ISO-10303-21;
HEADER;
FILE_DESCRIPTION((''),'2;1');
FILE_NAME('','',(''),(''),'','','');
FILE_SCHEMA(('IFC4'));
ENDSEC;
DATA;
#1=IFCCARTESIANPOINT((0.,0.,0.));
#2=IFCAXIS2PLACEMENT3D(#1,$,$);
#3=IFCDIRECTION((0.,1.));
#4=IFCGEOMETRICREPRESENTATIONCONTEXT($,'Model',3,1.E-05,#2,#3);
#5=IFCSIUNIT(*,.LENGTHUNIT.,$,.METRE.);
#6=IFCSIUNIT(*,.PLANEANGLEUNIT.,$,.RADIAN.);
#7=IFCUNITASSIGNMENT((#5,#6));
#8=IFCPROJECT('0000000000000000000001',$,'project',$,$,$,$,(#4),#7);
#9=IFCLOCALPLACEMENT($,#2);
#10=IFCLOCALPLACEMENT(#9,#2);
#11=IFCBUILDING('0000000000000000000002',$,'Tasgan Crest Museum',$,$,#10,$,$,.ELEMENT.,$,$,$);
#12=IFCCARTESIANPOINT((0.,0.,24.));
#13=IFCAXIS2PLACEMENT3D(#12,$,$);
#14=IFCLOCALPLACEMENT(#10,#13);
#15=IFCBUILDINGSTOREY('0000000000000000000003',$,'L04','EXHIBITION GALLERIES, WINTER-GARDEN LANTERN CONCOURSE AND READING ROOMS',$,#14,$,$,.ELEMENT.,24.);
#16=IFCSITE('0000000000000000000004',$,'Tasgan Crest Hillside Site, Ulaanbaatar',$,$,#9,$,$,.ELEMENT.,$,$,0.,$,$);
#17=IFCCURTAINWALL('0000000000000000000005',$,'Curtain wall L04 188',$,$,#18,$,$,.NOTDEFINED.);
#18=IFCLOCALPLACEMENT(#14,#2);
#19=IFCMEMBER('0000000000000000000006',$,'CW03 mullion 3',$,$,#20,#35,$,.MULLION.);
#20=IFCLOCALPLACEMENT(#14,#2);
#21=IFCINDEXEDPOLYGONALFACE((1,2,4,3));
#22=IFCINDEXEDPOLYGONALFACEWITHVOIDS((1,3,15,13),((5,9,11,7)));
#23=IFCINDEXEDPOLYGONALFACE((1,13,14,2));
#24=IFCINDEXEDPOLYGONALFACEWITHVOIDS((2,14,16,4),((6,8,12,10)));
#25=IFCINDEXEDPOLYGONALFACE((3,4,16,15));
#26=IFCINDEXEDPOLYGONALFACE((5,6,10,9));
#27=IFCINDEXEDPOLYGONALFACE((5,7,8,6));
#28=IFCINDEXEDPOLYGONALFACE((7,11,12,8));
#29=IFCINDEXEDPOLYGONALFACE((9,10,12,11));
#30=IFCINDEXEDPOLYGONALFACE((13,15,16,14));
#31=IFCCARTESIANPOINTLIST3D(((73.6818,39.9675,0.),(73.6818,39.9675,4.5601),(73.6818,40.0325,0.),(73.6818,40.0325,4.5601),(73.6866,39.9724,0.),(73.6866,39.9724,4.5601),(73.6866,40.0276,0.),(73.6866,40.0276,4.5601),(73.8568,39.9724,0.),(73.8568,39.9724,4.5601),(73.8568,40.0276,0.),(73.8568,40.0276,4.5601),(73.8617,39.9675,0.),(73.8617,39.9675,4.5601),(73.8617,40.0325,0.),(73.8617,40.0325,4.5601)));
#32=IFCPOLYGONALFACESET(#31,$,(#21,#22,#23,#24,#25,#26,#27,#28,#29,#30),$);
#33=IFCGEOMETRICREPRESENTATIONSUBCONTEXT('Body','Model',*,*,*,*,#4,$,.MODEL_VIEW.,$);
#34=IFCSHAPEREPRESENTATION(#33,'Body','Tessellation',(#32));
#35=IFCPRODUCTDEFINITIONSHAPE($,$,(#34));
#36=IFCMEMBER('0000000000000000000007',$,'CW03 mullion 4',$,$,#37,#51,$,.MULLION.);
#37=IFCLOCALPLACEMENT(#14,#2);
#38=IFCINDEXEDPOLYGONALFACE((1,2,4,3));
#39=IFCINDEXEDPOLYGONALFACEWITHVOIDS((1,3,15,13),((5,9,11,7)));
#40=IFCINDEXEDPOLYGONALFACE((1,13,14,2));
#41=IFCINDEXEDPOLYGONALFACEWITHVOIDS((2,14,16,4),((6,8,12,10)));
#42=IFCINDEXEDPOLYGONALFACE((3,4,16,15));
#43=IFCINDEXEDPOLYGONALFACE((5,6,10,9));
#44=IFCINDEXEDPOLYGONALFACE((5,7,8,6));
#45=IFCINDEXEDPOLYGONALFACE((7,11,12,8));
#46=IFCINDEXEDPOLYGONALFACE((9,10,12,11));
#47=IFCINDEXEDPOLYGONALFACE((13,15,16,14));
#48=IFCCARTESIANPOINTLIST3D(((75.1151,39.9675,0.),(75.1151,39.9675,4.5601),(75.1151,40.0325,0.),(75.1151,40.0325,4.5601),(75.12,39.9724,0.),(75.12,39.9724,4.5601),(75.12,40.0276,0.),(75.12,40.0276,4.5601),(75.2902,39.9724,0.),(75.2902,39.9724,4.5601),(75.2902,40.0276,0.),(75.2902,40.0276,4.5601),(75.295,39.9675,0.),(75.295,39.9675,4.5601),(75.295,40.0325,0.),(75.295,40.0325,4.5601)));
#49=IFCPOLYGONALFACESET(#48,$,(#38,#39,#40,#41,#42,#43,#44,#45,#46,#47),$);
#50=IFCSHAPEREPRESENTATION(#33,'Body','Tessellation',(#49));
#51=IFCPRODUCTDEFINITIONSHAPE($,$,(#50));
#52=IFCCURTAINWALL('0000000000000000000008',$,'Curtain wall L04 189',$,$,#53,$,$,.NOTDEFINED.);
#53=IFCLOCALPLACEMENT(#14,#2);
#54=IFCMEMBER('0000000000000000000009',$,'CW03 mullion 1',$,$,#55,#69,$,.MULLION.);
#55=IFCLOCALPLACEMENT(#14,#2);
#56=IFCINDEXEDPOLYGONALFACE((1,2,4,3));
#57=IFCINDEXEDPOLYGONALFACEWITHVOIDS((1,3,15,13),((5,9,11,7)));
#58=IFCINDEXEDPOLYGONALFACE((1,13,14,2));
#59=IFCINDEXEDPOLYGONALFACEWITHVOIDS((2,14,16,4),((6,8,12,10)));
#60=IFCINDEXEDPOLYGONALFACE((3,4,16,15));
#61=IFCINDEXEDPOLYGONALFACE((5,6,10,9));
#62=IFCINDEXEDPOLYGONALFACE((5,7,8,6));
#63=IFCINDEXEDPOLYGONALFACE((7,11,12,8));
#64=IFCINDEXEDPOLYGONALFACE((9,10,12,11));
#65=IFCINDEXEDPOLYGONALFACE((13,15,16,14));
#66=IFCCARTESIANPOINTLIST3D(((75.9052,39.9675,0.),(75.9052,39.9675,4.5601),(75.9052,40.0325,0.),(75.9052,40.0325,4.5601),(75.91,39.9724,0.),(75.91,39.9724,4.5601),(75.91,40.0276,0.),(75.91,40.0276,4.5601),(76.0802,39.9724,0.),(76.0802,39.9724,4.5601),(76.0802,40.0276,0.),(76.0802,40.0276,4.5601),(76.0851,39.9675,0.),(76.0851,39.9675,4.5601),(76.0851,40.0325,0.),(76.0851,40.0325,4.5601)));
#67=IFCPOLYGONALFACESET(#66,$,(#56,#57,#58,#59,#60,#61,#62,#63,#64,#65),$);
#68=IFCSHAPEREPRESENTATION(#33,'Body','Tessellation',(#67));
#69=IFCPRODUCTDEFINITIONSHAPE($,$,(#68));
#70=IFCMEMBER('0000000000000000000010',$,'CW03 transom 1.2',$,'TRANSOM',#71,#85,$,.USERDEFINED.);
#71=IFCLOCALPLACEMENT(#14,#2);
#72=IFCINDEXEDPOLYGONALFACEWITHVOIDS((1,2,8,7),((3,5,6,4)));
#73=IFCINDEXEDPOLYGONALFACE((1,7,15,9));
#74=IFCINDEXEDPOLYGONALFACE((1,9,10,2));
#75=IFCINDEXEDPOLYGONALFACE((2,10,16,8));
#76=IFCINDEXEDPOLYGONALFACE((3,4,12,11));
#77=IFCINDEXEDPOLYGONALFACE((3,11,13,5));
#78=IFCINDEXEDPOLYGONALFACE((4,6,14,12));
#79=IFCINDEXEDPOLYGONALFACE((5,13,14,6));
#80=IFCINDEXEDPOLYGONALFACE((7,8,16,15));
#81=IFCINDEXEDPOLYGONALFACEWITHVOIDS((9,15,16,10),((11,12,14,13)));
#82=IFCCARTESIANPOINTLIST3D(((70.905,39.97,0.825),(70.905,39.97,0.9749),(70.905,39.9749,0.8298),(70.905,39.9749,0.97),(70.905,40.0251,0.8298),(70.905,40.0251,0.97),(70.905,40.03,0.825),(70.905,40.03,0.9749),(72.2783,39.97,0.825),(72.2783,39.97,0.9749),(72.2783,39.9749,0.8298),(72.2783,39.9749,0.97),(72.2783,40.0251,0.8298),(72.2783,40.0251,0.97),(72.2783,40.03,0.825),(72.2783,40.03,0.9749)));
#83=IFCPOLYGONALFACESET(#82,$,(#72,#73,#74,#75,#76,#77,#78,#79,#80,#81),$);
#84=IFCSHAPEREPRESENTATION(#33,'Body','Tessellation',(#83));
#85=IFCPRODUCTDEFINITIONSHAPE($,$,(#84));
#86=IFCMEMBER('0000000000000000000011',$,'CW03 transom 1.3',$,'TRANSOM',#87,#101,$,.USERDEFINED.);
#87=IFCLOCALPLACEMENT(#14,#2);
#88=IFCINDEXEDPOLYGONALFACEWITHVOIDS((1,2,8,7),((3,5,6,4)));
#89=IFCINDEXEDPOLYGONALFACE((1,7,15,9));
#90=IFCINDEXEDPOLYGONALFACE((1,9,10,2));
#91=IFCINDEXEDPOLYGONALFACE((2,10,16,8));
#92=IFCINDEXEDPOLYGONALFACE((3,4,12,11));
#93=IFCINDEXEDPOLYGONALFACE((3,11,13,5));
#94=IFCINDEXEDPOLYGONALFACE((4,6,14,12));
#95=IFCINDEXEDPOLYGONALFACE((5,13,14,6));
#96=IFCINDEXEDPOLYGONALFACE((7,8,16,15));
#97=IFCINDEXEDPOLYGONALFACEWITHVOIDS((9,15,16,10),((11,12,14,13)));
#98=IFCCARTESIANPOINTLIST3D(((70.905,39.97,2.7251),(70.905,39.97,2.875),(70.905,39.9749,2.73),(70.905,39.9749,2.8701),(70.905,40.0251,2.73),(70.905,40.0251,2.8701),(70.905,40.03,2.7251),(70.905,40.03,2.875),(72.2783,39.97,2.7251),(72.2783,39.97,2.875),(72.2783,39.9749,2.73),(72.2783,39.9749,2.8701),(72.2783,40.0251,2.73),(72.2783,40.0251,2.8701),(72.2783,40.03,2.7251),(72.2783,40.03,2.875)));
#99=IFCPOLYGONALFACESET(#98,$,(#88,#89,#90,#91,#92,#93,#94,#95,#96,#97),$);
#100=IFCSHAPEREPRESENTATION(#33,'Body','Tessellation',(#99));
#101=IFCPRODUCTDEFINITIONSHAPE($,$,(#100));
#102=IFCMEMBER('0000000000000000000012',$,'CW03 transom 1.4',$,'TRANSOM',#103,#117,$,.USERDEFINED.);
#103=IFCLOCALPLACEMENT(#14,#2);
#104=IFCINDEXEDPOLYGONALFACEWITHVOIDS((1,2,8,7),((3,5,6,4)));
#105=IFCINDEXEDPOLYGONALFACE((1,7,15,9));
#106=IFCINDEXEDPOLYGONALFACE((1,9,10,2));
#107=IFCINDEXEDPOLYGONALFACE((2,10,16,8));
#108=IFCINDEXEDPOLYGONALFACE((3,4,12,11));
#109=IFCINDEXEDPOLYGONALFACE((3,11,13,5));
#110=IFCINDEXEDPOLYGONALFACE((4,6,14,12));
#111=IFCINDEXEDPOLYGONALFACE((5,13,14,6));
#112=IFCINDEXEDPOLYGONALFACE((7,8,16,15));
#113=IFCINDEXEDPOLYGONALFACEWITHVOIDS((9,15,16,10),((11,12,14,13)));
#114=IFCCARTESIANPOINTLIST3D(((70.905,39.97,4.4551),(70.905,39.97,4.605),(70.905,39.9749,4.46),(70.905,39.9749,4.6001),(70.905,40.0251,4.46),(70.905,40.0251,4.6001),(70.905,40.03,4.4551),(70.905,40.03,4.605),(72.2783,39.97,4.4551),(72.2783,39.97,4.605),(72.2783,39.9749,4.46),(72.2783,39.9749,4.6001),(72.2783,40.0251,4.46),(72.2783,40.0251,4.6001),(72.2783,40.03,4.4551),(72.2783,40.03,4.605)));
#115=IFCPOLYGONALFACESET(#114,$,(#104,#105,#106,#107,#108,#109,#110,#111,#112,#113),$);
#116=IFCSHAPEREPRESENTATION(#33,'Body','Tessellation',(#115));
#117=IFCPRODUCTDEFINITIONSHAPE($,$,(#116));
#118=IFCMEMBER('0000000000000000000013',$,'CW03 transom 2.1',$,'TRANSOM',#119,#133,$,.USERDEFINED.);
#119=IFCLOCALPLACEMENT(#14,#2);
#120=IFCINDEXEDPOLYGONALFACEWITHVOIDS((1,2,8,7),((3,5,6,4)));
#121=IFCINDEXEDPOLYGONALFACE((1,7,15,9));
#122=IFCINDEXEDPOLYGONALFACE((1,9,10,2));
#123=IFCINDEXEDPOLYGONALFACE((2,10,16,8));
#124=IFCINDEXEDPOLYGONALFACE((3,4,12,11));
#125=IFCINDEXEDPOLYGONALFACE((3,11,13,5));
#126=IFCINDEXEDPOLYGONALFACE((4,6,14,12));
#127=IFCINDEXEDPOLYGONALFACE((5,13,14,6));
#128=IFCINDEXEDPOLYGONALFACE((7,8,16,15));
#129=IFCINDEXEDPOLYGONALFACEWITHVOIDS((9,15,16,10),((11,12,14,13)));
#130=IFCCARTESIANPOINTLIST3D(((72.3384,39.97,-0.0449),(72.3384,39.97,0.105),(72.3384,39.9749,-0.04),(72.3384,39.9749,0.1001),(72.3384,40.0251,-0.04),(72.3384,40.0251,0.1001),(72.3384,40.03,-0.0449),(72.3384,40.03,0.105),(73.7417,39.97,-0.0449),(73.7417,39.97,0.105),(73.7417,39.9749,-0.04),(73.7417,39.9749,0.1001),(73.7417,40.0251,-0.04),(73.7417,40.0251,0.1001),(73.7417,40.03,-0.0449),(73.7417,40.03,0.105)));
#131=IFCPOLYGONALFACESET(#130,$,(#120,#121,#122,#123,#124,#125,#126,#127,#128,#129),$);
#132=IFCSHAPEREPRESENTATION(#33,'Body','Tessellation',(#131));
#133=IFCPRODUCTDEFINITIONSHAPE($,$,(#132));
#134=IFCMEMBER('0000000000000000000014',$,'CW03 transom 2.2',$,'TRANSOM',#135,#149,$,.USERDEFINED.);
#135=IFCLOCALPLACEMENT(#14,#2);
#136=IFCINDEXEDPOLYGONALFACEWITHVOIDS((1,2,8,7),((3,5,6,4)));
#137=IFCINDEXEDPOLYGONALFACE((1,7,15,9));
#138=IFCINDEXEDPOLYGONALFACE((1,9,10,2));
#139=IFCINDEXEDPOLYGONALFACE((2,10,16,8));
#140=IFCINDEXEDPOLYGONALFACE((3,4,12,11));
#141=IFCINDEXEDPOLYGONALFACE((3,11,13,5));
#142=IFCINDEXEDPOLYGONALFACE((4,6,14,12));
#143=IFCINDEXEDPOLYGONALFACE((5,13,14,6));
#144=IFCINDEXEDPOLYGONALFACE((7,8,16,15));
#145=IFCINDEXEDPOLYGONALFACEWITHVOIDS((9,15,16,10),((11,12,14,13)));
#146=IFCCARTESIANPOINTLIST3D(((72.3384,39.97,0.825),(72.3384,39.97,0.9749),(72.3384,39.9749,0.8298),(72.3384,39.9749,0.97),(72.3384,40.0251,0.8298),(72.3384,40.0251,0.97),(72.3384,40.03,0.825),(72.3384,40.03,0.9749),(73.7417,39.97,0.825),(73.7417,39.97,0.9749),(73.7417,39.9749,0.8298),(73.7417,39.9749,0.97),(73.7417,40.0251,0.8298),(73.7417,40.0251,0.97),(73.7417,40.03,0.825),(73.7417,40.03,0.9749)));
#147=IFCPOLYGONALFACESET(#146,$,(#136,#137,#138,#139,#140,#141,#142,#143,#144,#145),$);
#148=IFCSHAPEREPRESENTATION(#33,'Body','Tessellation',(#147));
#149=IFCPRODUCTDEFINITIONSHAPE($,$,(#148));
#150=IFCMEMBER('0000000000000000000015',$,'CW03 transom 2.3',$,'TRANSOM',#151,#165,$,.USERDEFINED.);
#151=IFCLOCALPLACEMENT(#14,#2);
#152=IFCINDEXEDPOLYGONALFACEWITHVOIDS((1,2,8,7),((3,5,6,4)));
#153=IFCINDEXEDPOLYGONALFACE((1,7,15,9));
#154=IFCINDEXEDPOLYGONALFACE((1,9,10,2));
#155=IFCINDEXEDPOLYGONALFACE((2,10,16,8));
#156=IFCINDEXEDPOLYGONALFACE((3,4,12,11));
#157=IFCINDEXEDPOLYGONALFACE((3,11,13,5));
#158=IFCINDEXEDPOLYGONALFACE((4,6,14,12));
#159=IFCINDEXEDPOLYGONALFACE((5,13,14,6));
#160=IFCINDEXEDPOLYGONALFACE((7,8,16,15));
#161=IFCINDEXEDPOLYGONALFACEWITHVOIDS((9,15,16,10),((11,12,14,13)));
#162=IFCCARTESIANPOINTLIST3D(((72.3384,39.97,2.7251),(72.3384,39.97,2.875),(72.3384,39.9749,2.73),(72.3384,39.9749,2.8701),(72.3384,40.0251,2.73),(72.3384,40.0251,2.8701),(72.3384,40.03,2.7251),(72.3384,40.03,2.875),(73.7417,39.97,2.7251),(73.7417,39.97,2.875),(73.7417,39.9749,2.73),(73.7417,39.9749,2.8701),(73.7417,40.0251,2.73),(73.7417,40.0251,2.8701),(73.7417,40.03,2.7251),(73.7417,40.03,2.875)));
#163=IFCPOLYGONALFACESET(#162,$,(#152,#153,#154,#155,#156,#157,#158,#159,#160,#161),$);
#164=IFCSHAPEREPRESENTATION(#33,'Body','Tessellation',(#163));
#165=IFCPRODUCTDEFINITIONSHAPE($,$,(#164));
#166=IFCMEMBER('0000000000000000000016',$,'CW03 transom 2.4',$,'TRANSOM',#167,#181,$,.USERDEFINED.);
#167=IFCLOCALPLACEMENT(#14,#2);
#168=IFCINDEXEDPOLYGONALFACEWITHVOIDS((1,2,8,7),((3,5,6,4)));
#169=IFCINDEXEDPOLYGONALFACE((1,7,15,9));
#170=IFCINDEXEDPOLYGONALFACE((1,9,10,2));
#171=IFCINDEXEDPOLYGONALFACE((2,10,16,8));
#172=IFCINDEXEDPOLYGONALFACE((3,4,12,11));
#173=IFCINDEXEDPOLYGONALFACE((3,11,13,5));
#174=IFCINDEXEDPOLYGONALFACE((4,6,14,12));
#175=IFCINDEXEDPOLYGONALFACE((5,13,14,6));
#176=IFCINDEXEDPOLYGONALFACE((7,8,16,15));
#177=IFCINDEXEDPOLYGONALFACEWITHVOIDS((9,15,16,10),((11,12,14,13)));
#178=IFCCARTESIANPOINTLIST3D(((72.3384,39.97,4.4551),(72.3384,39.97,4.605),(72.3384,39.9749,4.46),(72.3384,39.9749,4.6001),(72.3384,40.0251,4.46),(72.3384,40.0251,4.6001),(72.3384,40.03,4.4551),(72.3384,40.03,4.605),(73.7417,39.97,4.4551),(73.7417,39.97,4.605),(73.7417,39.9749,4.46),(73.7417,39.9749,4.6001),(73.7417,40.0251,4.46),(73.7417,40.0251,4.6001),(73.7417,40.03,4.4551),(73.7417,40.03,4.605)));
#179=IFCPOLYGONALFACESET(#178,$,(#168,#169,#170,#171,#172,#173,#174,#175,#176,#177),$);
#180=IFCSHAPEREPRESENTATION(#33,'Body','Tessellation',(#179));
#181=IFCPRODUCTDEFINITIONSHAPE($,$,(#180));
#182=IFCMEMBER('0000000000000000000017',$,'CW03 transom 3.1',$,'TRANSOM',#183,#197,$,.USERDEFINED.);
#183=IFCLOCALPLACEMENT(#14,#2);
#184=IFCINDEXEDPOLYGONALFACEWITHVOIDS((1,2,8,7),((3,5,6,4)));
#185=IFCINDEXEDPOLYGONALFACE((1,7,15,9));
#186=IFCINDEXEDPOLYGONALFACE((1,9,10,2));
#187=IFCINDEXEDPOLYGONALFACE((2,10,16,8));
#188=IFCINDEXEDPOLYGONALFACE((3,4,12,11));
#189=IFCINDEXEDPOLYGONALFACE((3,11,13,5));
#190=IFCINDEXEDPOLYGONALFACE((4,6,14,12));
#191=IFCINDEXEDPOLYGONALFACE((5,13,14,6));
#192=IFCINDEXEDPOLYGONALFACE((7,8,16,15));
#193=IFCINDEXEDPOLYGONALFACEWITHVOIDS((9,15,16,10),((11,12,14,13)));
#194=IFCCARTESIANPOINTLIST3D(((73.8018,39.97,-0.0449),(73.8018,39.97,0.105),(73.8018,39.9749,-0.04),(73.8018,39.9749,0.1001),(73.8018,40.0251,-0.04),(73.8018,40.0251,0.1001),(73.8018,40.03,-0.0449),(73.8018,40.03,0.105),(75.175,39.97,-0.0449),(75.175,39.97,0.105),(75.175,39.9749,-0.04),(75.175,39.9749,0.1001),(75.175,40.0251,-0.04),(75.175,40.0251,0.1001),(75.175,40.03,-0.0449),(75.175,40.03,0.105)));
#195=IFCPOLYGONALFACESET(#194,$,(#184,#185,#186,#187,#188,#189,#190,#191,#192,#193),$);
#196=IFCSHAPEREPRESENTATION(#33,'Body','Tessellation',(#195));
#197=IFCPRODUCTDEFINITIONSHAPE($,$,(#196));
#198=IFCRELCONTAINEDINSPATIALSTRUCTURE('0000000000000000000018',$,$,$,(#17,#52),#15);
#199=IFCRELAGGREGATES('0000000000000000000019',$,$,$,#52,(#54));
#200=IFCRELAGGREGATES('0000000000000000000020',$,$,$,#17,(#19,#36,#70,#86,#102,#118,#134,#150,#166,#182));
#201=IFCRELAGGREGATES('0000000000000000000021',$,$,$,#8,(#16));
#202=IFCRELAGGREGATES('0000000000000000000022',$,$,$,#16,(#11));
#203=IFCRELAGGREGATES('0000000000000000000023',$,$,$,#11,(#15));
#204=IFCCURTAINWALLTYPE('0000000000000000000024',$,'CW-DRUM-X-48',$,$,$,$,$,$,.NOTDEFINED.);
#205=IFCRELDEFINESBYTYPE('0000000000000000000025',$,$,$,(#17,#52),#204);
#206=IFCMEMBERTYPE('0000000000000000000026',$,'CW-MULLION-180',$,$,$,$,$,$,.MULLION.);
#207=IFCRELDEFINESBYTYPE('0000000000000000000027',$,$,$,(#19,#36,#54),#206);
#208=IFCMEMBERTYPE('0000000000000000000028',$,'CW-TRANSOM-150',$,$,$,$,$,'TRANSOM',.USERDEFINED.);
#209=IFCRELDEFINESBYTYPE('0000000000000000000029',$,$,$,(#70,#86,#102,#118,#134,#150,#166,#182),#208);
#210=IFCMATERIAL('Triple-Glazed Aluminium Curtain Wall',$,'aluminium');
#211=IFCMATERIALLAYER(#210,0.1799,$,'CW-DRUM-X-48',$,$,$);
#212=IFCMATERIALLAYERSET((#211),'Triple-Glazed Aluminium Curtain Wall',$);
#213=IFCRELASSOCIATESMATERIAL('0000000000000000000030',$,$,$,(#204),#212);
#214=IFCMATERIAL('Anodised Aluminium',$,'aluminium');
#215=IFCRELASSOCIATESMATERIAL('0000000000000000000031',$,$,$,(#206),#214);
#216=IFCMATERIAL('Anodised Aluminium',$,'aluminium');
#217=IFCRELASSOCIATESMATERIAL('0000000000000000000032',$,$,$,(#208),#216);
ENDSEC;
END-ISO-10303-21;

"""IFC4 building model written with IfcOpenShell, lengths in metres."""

from ifc_helpers import new_model, si_unit, direction, frame, origin, origin_2d, place, context, subcontext, project, spatial, hollow_rectangle, extrude, material, layer, layer_set, material_profile, profile_set, type_object, element, aggregate, save


model = new_model("IFC4")

# Units and contexts
model_context = context("Model", 3, precision=1e-05, world=origin(), true_north=direction((0.0, 1.0)))
body_context = subcontext(model_context, "Body", "Model", "MODEL_VIEW")
ifc_project = project(units=[si_unit("LENGTHUNIT", "METRE"), si_unit("PLANEANGLEUNIT", "RADIAN")], contexts=[model_context])

# Site, building, storey
site_placement = place(None, origin())
site = spatial("IfcSite", under=ifc_project, at=site_placement, Name="Tasgan Crest Hillside Site, Ulaanbaatar", CompositionType="ELEMENT", RefElevation=0.0)
building_placement = place(site_placement, origin())
building = spatial("IfcBuilding", under=site, at=building_placement, Name="Tasgan Crest Museum", CompositionType="ELEMENT")
storey_placement = place(building_placement, frame((0.0, 0.0, 24.0)))
storey = spatial("IfcBuildingStorey", under=building, at=storey_placement, Name="L04", Description="EXHIBITION GALLERIES, WINTER-GARDEN LANTERN CONCOURSE AND READING ROOMS", CompositionType="ELEMENT", Elevation=24.0)

# Curtain wall, members
ifc_material_1 = material(Name="Triple-Glazed Aluminium Curtain Wall", Category="aluminium")
ifc_layer_1 = layer(ifc_material_1, 0.1799, Name="CW-DRUM-X-48")
ifc_layer_set_1 = layer_set([ifc_layer_1], Name="Triple-Glazed Aluminium Curtain Wall")
curtain_wall_type = type_object("IfcCurtainWallType", Name="CW-DRUM-X-48", PredefinedType="NOTDEFINED", material=ifc_layer_set_1)
curtain_wall_1_placement = place(storey_placement, origin())
curtain_wall_1 = element("IfcCurtainWall", 1, at=curtain_wall_1_placement, inside=storey, type_object=curtain_wall_type, Name="Curtain wall L04 188", PredefinedType="NOTDEFINED")
ifc_material_2 = material(Name="Anodised Aluminium", Category="aluminium")
ifc_material_profile_1 = material_profile(ifc_material_2, hollow_rectangle(XDim=0.0649, YDim=0.1799, WallThickness=0.0049, at=origin_2d()), Name="ALU MULLION 180x65x5")
ifc_profile_set_1 = profile_set([ifc_material_profile_1], Name="Anodised Aluminium")
member_type_1 = type_object("IfcMemberType", Name="CW-MULLION-180", PredefinedType="MULLION", material=ifc_profile_set_1)
member_1_placement = place(storey_placement, frame((73.7717, 40.0, 0.0), z_axis=(0.0, 0.0, 1.0), x_axis=(0.0, 1.0, 0.0)))
member_1 = element("IfcMember", 2, at=member_1_placement, type_object=member_type_1, Name="CW03 mullion 3", PredefinedType="MULLION", context=body_context, shape_type="SweptSolid", body=[
    extrude(hollow_rectangle(XDim=0.0649, YDim=0.1799, WallThickness=0.0049, at=origin_2d()), origin(), (0.0, 0.0, 1.0), 4.5601),
])
member_2_placement = place(storey_placement, frame((75.2051, 40.0, 0.0), z_axis=(0.0, 0.0, 1.0), x_axis=(0.0, 1.0, 0.0)))
member_2 = element("IfcMember", 3, at=member_2_placement, type_object=member_type_1, Name="CW03 mullion 4", PredefinedType="MULLION", context=body_context, shape_type="SweptSolid", body=[
    extrude(hollow_rectangle(XDim=0.0649, YDim=0.1799, WallThickness=0.0049, at=origin_2d()), origin(), (0.0, 0.0, 1.0), 4.5601),
])

# Curtain wall, member
curtain_wall_2_placement = place(storey_placement, origin())
curtain_wall_2 = element("IfcCurtainWall", 4, at=curtain_wall_2_placement, inside=storey, type_object=curtain_wall_type, Name="Curtain wall L04 189", PredefinedType="NOTDEFINED")
member_3_placement = place(storey_placement, frame((75.9951, 40.0, 0.0), z_axis=(0.0, 0.0, 1.0), x_axis=(0.0, 1.0, 0.0)))
member_3 = element("IfcMember", 5, at=member_3_placement, type_object=member_type_1, Name="CW03 mullion 1", PredefinedType="MULLION", context=body_context, shape_type="SweptSolid", body=[
    extrude(hollow_rectangle(XDim=0.0649, YDim=0.1799, WallThickness=0.0049, at=origin_2d()), origin(), (0.0, 0.0, 1.0), 4.5601),
])

# Members
ifc_material_3 = material(Name="Anodised Aluminium", Category="aluminium")
ifc_material_profile_2 = material_profile(ifc_material_3, hollow_rectangle(XDim=0.0601, YDim=0.1499, WallThickness=0.0049, at=origin_2d()), Name="ALU TRANSOM 150x60x5")
ifc_profile_set_2 = profile_set([ifc_material_profile_2], Name="Anodised Aluminium")
member_type_2 = type_object("IfcMemberType", Name="CW-TRANSOM-150", ElementType="TRANSOM", PredefinedType="USERDEFINED", material=ifc_profile_set_2)
member_4_placement = place(storey_placement, frame((70.905, 40.0, 0.8999), z_axis=(1.0, 0.0, 0.0), x_axis=(0.0, 1.0, 0.0)))
member_4 = element("IfcMember", 6, at=member_4_placement, type_object=member_type_2, Name="CW03 transom 1.2", ObjectType="TRANSOM", PredefinedType="USERDEFINED", context=body_context, shape_type="SweptSolid", body=[
    extrude(hollow_rectangle(XDim=0.0601, YDim=0.1499, WallThickness=0.0049, at=origin_2d()), origin(), (0.0, 0.0, 1.0), 1.3733),
])
member_5_placement = place(storey_placement, frame((70.905, 40.0, 2.8), z_axis=(1.0, 0.0, 0.0), x_axis=(0.0, 1.0, 0.0)))
member_5 = element("IfcMember", 7, at=member_5_placement, type_object=member_type_2, Name="CW03 transom 1.3", ObjectType="TRANSOM", PredefinedType="USERDEFINED", context=body_context, shape_type="SweptSolid", body=[
    extrude(hollow_rectangle(XDim=0.0601, YDim=0.1499, WallThickness=0.0049, at=origin_2d()), origin(), (0.0, 0.0, 1.0), 1.3733),
])
member_6_placement = place(storey_placement, frame((70.905, 40.0, 4.53), z_axis=(1.0, 0.0, 0.0), x_axis=(0.0, 1.0, 0.0)))
member_6 = element("IfcMember", 8, at=member_6_placement, type_object=member_type_2, Name="CW03 transom 1.4", ObjectType="TRANSOM", PredefinedType="USERDEFINED", context=body_context, shape_type="SweptSolid", body=[
    extrude(hollow_rectangle(XDim=0.0601, YDim=0.1499, WallThickness=0.0049, at=origin_2d()), origin(), (0.0, 0.0, 1.0), 1.3733),
])
member_7_placement = place(storey_placement, frame((72.3384, 40.0, 0.03), z_axis=(1.0, 0.0, 0.0), x_axis=(0.0, 1.0, 0.0)))
member_7 = element("IfcMember", 9, at=member_7_placement, type_object=member_type_2, Name="CW03 transom 2.1", ObjectType="TRANSOM", PredefinedType="USERDEFINED", context=body_context, shape_type="SweptSolid", body=[
    extrude(hollow_rectangle(XDim=0.0601, YDim=0.1499, WallThickness=0.0049, at=origin_2d()), origin(), (0.0, 0.0, 1.0), 1.4033),
])
member_8_placement = place(storey_placement, frame((72.3384, 40.0, 0.8999), z_axis=(1.0, 0.0, 0.0), x_axis=(0.0, 1.0, 0.0)))
member_8 = element("IfcMember", 10, at=member_8_placement, type_object=member_type_2, Name="CW03 transom 2.2", ObjectType="TRANSOM", PredefinedType="USERDEFINED", context=body_context, shape_type="SweptSolid", body=[
    extrude(hollow_rectangle(XDim=0.0601, YDim=0.1499, WallThickness=0.0049, at=origin_2d()), origin(), (0.0, 0.0, 1.0), 1.4033),
])
member_9_placement = place(storey_placement, frame((72.3384, 40.0, 2.8), z_axis=(1.0, 0.0, 0.0), x_axis=(0.0, 1.0, 0.0)))
member_9 = element("IfcMember", 11, at=member_9_placement, type_object=member_type_2, Name="CW03 transom 2.3", ObjectType="TRANSOM", PredefinedType="USERDEFINED", context=body_context, shape_type="SweptSolid", body=[
    extrude(hollow_rectangle(XDim=0.0601, YDim=0.1499, WallThickness=0.0049, at=origin_2d()), origin(), (0.0, 0.0, 1.0), 1.4033),
])
member_10_placement = place(storey_placement, frame((72.3384, 40.0, 4.53), z_axis=(1.0, 0.0, 0.0), x_axis=(0.0, 1.0, 0.0)))
member_10 = element("IfcMember", 12, at=member_10_placement, type_object=member_type_2, Name="CW03 transom 2.4", ObjectType="TRANSOM", PredefinedType="USERDEFINED", context=body_context, shape_type="SweptSolid", body=[
    extrude(hollow_rectangle(XDim=0.0601, YDim=0.1499, WallThickness=0.0049, at=origin_2d()), origin(), (0.0, 0.0, 1.0), 1.4033),
])
member_11_placement = place(storey_placement, frame((73.8018, 40.0, 0.03), z_axis=(1.0, 0.0, 0.0), x_axis=(0.0, 1.0, 0.0)))
member_11 = element("IfcMember", 13, at=member_11_placement, type_object=member_type_2, Name="CW03 transom 3.1", ObjectType="TRANSOM", PredefinedType="USERDEFINED", context=body_context, shape_type="SweptSolid", body=[
    extrude(hollow_rectangle(XDim=0.0601, YDim=0.1499, WallThickness=0.0049, at=origin_2d()), origin(), (0.0, 0.0, 1.0), 1.3733),
])
aggregate(curtain_wall_2, [member_3])

aggregate(curtain_wall_1, [member_1, member_2, member_4, member_5, member_6, member_7, member_8, member_9, member_10, member_11])

save(model, "model.ifc")
